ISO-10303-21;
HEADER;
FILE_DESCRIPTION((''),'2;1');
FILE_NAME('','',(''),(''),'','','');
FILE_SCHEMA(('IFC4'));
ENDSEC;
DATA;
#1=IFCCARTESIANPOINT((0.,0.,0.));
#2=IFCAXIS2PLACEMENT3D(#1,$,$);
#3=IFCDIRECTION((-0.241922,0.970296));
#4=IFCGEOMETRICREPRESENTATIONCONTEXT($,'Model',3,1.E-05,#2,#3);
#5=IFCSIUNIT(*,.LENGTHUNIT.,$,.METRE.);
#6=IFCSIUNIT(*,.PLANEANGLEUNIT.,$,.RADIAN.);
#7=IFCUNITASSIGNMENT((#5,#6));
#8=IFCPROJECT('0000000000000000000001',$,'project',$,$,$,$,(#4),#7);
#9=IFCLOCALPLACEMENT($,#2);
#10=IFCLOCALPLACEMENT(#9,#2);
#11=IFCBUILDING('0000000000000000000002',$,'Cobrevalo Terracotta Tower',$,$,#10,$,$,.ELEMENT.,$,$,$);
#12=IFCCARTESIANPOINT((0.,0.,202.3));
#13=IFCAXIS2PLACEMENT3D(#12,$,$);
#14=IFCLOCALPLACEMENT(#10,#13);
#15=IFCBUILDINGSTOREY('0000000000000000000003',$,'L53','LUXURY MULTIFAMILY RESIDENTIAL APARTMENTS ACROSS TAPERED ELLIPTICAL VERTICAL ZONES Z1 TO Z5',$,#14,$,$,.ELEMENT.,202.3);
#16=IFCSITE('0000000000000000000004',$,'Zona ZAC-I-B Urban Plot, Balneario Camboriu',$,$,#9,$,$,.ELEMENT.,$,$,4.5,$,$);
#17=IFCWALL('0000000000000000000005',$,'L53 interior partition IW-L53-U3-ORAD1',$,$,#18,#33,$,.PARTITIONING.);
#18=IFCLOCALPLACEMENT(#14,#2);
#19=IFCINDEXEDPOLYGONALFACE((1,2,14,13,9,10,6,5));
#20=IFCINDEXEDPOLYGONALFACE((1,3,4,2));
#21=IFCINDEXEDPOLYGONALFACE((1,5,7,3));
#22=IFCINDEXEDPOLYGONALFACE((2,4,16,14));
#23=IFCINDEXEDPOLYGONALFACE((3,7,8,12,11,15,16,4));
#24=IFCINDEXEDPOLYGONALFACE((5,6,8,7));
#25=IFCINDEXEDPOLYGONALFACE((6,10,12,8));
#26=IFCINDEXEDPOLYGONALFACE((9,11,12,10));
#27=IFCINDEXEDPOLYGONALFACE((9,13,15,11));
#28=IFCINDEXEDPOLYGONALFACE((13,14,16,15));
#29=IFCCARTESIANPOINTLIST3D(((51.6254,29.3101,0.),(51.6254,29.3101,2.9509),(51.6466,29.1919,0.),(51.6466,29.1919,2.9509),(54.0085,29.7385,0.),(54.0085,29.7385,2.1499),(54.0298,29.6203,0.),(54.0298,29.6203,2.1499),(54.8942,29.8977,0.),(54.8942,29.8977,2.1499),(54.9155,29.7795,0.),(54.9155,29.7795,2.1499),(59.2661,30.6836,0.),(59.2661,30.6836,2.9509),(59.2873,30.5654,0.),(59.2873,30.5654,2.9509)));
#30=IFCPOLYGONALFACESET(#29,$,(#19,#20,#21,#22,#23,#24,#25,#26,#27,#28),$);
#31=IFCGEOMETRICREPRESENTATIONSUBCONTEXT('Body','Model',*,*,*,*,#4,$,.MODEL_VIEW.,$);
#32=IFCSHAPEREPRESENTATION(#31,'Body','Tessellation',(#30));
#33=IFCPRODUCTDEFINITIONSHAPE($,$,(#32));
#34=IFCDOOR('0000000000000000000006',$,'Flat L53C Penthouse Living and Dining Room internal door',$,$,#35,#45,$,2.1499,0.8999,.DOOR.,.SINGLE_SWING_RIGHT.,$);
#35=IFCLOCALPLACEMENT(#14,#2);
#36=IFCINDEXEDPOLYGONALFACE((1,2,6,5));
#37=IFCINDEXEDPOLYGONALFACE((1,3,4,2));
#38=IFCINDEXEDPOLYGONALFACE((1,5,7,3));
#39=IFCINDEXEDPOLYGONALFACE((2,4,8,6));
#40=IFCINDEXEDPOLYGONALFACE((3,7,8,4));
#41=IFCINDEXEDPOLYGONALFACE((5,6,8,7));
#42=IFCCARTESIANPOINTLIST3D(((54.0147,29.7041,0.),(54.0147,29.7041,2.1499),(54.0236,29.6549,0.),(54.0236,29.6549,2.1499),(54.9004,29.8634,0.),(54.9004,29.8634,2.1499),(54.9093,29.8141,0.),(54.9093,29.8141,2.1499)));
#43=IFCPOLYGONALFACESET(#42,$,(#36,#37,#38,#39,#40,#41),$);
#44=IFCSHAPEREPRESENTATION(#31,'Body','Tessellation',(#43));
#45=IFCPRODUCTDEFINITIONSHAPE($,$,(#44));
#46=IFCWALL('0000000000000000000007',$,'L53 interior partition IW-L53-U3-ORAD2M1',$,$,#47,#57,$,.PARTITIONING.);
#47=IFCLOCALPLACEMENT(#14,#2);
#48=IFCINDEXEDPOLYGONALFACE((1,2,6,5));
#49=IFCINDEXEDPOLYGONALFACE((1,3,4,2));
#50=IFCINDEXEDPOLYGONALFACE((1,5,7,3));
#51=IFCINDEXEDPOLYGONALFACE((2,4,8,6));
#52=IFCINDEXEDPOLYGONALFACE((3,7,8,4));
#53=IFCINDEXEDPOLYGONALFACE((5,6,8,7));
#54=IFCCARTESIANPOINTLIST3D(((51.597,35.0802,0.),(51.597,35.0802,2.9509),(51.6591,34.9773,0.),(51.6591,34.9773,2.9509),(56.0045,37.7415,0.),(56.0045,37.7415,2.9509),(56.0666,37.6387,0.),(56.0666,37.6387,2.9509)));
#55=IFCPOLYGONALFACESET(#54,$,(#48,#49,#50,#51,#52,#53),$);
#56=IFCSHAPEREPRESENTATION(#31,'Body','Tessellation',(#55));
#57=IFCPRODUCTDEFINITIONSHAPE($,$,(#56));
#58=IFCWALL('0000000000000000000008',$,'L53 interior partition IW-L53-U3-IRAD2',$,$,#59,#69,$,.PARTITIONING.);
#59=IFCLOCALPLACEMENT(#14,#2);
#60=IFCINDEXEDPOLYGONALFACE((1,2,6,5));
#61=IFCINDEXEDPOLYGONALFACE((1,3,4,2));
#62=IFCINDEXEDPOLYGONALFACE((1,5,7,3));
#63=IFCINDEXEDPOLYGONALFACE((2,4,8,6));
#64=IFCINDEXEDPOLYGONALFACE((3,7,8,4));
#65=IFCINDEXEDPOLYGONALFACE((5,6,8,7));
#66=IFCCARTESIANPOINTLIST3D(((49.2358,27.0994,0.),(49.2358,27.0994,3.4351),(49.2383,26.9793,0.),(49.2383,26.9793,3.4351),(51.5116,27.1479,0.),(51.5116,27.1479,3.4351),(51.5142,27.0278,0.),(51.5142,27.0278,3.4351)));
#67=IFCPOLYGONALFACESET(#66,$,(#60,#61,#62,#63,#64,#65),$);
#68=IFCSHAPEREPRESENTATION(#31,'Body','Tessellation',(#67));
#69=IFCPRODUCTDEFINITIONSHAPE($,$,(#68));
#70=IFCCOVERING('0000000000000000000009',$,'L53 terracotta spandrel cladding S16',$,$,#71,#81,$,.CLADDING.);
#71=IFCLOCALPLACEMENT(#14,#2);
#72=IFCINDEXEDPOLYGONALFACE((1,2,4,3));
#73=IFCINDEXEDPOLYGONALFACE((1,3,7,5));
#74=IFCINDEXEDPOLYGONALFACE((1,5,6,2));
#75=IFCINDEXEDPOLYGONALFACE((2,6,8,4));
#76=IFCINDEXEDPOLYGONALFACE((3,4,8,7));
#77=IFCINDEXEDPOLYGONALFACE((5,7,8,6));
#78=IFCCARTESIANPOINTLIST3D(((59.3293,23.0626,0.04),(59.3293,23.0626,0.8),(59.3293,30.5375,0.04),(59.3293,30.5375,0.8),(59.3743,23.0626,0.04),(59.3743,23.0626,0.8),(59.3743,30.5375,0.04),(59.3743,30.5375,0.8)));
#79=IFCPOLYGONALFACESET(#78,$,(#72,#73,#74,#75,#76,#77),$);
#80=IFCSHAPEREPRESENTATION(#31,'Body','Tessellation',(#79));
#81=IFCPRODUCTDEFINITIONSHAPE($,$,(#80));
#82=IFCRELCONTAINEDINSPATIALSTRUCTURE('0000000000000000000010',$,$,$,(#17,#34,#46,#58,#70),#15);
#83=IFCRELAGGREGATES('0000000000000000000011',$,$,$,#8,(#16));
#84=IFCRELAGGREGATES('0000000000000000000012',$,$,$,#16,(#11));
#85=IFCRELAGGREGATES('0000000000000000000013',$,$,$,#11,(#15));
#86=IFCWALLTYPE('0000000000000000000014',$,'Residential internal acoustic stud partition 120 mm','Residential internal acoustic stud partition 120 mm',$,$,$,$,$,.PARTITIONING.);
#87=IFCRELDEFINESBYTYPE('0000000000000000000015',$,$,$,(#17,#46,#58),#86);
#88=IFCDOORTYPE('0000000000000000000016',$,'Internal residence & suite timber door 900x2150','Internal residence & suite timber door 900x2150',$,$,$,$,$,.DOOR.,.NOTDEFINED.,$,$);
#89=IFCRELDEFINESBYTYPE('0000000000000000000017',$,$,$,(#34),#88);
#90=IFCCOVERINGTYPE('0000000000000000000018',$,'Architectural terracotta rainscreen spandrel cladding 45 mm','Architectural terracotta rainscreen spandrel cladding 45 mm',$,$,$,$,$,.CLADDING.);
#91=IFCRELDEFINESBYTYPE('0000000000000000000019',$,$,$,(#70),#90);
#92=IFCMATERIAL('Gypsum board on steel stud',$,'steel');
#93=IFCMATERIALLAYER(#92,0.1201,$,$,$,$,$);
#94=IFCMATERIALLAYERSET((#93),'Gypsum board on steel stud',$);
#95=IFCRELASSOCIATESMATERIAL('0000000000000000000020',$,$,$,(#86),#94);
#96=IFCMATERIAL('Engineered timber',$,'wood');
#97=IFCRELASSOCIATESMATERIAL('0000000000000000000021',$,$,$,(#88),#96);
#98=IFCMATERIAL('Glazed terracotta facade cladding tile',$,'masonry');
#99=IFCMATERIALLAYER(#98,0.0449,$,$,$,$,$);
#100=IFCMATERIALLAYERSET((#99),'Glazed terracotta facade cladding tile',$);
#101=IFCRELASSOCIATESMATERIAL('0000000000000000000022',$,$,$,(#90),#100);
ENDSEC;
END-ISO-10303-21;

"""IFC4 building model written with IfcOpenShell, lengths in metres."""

from ifc_helpers import new_model, si_unit, direction, frame, frame_2d, origin, origin_2d, place, context, subcontext, project, spatial, rectangle, extrude, source, transform, mapped, material, layer, layer_set, type_object, element, fill, save


model = new_model("IFC4")

# Units and contexts
model_context = context("Model", 3, precision=1e-05, world=origin(), true_north=direction((-0.241922, 0.970296)))
body_context = subcontext(model_context, "Body", "Model", "MODEL_VIEW")
ifc_project = project(units=[si_unit("LENGTHUNIT", "METRE"), si_unit("PLANEANGLEUNIT", "RADIAN")], contexts=[model_context])

# Site, building, storey
site_placement = place(None, origin())
site = spatial("IfcSite", under=ifc_project, at=site_placement, Name="Zona ZAC-I-B Urban Plot, Balneario Camboriu", CompositionType="ELEMENT", RefElevation=4.5)
building_placement = place(site_placement, origin())
building = spatial("IfcBuilding", under=site, at=building_placement, Name="Cobrevalo Terracotta Tower", CompositionType="ELEMENT")
storey_placement = place(building_placement, frame((0.0, 0.0, 202.3)))
storey = spatial("IfcBuildingStorey", under=building, at=storey_placement, Name="L53", Description="LUXURY MULTIFAMILY RESIDENTIAL APARTMENTS ACROSS TAPERED ELLIPTICAL VERTICAL ZONES Z1 TO Z5", CompositionType="ELEMENT", Elevation=202.3)

# Wall, opening, door
ifc_material_1 = material(Name="Gypsum board on steel stud", Category="steel")
ifc_layer_1 = layer(ifc_material_1, 0.1201)
ifc_layer_set_1 = layer_set([ifc_layer_1], Name="Gypsum board on steel stud")
wall_type = type_object("IfcWallType", Name="Residential internal acoustic stud partition 120 mm", Description="Residential internal acoustic stud partition 120 mm", PredefinedType="PARTITIONING", material=ifc_layer_set_1)
wall_1_placement = place(storey_placement, frame((51.636, 29.251, 0.0), z_axis=(0.0, 0.0, 1.0), x_axis=(0.984223, 0.176931, 0.0)))
wall_1 = element("IfcWall", 1, at=wall_1_placement, inside=storey, type_object=wall_type, Name="L53 interior partition IW-L53-U3-ORAD1", PredefinedType="PARTITIONING", context=body_context, shape_type="SweptSolid", body=[
    extrude(rectangle(XDim=7.7632, YDim=0.1201, at=frame_2d((3.8816, 0.0))), origin(), (0.0, 0.0, 1.0), 2.9509),
])
opening_1_placement = place(wall_1_placement, frame((2.4214, 0.0, 0.0)))
opening_1 = element("IfcOpeningElement", 2, at=opening_1_placement, cuts=wall_1, PredefinedType="OPENING", context=body_context, shape_type="SweptSolid", body=[
    extrude(rectangle(XDim=0.8999, YDim=2.1499, at=frame_2d((0.45, 1.075))), frame((0.0, 0.0701, 0.0), z_axis=(0.0, -1.0, 0.0), x_axis=(1.0, 0.0, 0.0)), (0.0, 0.0, 1.0), 0.1401),
])
ifc_material_2 = material(Name="Engineered timber", Category="wood")
door_type_1 = type_object("IfcDoorType", Name="Internal residence & suite timber door 900x2150", Description="Internal residence & suite timber door 900x2150", OperationType="NOTDEFINED", PredefinedType="DOOR", material=ifc_material_2)
shared_shape_1 = source(origin(), body_context, "Body", "SweptSolid", [
    extrude(rectangle(XDim=0.8999, YDim=2.1499, at=frame_2d((0.45, 1.075))), frame((0.0, 0.0249, 0.0), z_axis=(0.0, -1.0, 0.0), x_axis=(1.0, 0.0, 0.0)), (0.0, 0.0, 1.0), 0.05),
])
door_1_placement = place(opening_1_placement, frame((0.8999, 0.0, 0.0), z_axis=(0.0, 0.0, 1.0), x_axis=(-1.0, 0.0, 0.0)))
door_1 = element("IfcDoor", 3, at=door_1_placement, inside=storey, type_object=door_type_1, Name="Flat L53C Penthouse Living and Dining Room internal door", OperationType="SINGLE_SWING_RIGHT", OverallHeight=2.1499, OverallWidth=0.8999, PredefinedType="DOOR", context=body_context, shape_type="MappedRepresentation", body=[
    mapped(shared_shape_1, transform((0.0, 0.0, 0.0), scale=1.0)),
])
fill(opening_1, door_1)

# Walls
wall_2_placement = place(storey_placement, frame((51.6282, 35.0288, 0.0), z_axis=(0.0, 0.0, 1.0), x_axis=(0.856042, 0.516906, 0.0)))
element("IfcWall", 4, at=wall_2_placement, inside=storey, type_object=wall_type, Name="L53 interior partition IW-L53-U3-ORAD2M1", PredefinedType="PARTITIONING", context=body_context, shape_type="SweptSolid", body=[
    extrude(rectangle(XDim=5.1487, YDim=0.1201, at=frame_2d((2.5742, 0.0))), origin(), (0.0, 0.0, 1.0), 2.9509),
])
wall_3_placement = place(storey_placement, frame((49.2371, 27.0393, 0.0), z_axis=(0.0, 0.0, 1.0), x_axis=(0.999772, 0.021342, 0.0)))
element("IfcWall", 5, at=wall_3_placement, inside=storey, type_object=wall_type, Name="L53 interior partition IW-L53-U3-IRAD2", PredefinedType="PARTITIONING", context=body_context, shape_type="SweptSolid", body=[
    extrude(rectangle(XDim=2.2764, YDim=0.1201, at=frame_2d((1.1382, 0.0))), origin(), (0.0, 0.0, 1.0), 3.4351),
])

# Covering
ifc_material_3 = material(Name="Glazed terracotta facade cladding tile", Category="masonry")
ifc_layer_2 = layer(ifc_material_3, 0.0449)
ifc_layer_set_2 = layer_set([ifc_layer_2], Name="Glazed terracotta facade cladding tile")
covering_type = type_object("IfcCoveringType", Name="Architectural terracotta rainscreen spandrel cladding 45 mm", Description="Architectural terracotta rainscreen spandrel cladding 45 mm", PredefinedType="CLADDING", material=ifc_layer_set_2)
shared_shape_2 = source(origin(), body_context, "Body", "SweptSolid", [
    extrude(rectangle(XDim=7.4749, YDim=0.0449, at=origin_2d()), origin(), (0.0, 0.0, 1.0), 0.76),
])
covering_placement = place(storey_placement, frame((59.3518, 26.8, 0.04), z_axis=(0.0, 0.0, 1.0), x_axis=(0.0, 1.0, 0.0)))
element("IfcCovering", 6, at=covering_placement, inside=storey, type_object=covering_type, Name="L53 terracotta spandrel cladding S16", PredefinedType="CLADDING", context=body_context, shape_type="MappedRepresentation", body=[
    mapped(shared_shape_2, transform((0.0, 0.0, 0.0), scale=1.0)),
])

save(model, "model.ifc")
